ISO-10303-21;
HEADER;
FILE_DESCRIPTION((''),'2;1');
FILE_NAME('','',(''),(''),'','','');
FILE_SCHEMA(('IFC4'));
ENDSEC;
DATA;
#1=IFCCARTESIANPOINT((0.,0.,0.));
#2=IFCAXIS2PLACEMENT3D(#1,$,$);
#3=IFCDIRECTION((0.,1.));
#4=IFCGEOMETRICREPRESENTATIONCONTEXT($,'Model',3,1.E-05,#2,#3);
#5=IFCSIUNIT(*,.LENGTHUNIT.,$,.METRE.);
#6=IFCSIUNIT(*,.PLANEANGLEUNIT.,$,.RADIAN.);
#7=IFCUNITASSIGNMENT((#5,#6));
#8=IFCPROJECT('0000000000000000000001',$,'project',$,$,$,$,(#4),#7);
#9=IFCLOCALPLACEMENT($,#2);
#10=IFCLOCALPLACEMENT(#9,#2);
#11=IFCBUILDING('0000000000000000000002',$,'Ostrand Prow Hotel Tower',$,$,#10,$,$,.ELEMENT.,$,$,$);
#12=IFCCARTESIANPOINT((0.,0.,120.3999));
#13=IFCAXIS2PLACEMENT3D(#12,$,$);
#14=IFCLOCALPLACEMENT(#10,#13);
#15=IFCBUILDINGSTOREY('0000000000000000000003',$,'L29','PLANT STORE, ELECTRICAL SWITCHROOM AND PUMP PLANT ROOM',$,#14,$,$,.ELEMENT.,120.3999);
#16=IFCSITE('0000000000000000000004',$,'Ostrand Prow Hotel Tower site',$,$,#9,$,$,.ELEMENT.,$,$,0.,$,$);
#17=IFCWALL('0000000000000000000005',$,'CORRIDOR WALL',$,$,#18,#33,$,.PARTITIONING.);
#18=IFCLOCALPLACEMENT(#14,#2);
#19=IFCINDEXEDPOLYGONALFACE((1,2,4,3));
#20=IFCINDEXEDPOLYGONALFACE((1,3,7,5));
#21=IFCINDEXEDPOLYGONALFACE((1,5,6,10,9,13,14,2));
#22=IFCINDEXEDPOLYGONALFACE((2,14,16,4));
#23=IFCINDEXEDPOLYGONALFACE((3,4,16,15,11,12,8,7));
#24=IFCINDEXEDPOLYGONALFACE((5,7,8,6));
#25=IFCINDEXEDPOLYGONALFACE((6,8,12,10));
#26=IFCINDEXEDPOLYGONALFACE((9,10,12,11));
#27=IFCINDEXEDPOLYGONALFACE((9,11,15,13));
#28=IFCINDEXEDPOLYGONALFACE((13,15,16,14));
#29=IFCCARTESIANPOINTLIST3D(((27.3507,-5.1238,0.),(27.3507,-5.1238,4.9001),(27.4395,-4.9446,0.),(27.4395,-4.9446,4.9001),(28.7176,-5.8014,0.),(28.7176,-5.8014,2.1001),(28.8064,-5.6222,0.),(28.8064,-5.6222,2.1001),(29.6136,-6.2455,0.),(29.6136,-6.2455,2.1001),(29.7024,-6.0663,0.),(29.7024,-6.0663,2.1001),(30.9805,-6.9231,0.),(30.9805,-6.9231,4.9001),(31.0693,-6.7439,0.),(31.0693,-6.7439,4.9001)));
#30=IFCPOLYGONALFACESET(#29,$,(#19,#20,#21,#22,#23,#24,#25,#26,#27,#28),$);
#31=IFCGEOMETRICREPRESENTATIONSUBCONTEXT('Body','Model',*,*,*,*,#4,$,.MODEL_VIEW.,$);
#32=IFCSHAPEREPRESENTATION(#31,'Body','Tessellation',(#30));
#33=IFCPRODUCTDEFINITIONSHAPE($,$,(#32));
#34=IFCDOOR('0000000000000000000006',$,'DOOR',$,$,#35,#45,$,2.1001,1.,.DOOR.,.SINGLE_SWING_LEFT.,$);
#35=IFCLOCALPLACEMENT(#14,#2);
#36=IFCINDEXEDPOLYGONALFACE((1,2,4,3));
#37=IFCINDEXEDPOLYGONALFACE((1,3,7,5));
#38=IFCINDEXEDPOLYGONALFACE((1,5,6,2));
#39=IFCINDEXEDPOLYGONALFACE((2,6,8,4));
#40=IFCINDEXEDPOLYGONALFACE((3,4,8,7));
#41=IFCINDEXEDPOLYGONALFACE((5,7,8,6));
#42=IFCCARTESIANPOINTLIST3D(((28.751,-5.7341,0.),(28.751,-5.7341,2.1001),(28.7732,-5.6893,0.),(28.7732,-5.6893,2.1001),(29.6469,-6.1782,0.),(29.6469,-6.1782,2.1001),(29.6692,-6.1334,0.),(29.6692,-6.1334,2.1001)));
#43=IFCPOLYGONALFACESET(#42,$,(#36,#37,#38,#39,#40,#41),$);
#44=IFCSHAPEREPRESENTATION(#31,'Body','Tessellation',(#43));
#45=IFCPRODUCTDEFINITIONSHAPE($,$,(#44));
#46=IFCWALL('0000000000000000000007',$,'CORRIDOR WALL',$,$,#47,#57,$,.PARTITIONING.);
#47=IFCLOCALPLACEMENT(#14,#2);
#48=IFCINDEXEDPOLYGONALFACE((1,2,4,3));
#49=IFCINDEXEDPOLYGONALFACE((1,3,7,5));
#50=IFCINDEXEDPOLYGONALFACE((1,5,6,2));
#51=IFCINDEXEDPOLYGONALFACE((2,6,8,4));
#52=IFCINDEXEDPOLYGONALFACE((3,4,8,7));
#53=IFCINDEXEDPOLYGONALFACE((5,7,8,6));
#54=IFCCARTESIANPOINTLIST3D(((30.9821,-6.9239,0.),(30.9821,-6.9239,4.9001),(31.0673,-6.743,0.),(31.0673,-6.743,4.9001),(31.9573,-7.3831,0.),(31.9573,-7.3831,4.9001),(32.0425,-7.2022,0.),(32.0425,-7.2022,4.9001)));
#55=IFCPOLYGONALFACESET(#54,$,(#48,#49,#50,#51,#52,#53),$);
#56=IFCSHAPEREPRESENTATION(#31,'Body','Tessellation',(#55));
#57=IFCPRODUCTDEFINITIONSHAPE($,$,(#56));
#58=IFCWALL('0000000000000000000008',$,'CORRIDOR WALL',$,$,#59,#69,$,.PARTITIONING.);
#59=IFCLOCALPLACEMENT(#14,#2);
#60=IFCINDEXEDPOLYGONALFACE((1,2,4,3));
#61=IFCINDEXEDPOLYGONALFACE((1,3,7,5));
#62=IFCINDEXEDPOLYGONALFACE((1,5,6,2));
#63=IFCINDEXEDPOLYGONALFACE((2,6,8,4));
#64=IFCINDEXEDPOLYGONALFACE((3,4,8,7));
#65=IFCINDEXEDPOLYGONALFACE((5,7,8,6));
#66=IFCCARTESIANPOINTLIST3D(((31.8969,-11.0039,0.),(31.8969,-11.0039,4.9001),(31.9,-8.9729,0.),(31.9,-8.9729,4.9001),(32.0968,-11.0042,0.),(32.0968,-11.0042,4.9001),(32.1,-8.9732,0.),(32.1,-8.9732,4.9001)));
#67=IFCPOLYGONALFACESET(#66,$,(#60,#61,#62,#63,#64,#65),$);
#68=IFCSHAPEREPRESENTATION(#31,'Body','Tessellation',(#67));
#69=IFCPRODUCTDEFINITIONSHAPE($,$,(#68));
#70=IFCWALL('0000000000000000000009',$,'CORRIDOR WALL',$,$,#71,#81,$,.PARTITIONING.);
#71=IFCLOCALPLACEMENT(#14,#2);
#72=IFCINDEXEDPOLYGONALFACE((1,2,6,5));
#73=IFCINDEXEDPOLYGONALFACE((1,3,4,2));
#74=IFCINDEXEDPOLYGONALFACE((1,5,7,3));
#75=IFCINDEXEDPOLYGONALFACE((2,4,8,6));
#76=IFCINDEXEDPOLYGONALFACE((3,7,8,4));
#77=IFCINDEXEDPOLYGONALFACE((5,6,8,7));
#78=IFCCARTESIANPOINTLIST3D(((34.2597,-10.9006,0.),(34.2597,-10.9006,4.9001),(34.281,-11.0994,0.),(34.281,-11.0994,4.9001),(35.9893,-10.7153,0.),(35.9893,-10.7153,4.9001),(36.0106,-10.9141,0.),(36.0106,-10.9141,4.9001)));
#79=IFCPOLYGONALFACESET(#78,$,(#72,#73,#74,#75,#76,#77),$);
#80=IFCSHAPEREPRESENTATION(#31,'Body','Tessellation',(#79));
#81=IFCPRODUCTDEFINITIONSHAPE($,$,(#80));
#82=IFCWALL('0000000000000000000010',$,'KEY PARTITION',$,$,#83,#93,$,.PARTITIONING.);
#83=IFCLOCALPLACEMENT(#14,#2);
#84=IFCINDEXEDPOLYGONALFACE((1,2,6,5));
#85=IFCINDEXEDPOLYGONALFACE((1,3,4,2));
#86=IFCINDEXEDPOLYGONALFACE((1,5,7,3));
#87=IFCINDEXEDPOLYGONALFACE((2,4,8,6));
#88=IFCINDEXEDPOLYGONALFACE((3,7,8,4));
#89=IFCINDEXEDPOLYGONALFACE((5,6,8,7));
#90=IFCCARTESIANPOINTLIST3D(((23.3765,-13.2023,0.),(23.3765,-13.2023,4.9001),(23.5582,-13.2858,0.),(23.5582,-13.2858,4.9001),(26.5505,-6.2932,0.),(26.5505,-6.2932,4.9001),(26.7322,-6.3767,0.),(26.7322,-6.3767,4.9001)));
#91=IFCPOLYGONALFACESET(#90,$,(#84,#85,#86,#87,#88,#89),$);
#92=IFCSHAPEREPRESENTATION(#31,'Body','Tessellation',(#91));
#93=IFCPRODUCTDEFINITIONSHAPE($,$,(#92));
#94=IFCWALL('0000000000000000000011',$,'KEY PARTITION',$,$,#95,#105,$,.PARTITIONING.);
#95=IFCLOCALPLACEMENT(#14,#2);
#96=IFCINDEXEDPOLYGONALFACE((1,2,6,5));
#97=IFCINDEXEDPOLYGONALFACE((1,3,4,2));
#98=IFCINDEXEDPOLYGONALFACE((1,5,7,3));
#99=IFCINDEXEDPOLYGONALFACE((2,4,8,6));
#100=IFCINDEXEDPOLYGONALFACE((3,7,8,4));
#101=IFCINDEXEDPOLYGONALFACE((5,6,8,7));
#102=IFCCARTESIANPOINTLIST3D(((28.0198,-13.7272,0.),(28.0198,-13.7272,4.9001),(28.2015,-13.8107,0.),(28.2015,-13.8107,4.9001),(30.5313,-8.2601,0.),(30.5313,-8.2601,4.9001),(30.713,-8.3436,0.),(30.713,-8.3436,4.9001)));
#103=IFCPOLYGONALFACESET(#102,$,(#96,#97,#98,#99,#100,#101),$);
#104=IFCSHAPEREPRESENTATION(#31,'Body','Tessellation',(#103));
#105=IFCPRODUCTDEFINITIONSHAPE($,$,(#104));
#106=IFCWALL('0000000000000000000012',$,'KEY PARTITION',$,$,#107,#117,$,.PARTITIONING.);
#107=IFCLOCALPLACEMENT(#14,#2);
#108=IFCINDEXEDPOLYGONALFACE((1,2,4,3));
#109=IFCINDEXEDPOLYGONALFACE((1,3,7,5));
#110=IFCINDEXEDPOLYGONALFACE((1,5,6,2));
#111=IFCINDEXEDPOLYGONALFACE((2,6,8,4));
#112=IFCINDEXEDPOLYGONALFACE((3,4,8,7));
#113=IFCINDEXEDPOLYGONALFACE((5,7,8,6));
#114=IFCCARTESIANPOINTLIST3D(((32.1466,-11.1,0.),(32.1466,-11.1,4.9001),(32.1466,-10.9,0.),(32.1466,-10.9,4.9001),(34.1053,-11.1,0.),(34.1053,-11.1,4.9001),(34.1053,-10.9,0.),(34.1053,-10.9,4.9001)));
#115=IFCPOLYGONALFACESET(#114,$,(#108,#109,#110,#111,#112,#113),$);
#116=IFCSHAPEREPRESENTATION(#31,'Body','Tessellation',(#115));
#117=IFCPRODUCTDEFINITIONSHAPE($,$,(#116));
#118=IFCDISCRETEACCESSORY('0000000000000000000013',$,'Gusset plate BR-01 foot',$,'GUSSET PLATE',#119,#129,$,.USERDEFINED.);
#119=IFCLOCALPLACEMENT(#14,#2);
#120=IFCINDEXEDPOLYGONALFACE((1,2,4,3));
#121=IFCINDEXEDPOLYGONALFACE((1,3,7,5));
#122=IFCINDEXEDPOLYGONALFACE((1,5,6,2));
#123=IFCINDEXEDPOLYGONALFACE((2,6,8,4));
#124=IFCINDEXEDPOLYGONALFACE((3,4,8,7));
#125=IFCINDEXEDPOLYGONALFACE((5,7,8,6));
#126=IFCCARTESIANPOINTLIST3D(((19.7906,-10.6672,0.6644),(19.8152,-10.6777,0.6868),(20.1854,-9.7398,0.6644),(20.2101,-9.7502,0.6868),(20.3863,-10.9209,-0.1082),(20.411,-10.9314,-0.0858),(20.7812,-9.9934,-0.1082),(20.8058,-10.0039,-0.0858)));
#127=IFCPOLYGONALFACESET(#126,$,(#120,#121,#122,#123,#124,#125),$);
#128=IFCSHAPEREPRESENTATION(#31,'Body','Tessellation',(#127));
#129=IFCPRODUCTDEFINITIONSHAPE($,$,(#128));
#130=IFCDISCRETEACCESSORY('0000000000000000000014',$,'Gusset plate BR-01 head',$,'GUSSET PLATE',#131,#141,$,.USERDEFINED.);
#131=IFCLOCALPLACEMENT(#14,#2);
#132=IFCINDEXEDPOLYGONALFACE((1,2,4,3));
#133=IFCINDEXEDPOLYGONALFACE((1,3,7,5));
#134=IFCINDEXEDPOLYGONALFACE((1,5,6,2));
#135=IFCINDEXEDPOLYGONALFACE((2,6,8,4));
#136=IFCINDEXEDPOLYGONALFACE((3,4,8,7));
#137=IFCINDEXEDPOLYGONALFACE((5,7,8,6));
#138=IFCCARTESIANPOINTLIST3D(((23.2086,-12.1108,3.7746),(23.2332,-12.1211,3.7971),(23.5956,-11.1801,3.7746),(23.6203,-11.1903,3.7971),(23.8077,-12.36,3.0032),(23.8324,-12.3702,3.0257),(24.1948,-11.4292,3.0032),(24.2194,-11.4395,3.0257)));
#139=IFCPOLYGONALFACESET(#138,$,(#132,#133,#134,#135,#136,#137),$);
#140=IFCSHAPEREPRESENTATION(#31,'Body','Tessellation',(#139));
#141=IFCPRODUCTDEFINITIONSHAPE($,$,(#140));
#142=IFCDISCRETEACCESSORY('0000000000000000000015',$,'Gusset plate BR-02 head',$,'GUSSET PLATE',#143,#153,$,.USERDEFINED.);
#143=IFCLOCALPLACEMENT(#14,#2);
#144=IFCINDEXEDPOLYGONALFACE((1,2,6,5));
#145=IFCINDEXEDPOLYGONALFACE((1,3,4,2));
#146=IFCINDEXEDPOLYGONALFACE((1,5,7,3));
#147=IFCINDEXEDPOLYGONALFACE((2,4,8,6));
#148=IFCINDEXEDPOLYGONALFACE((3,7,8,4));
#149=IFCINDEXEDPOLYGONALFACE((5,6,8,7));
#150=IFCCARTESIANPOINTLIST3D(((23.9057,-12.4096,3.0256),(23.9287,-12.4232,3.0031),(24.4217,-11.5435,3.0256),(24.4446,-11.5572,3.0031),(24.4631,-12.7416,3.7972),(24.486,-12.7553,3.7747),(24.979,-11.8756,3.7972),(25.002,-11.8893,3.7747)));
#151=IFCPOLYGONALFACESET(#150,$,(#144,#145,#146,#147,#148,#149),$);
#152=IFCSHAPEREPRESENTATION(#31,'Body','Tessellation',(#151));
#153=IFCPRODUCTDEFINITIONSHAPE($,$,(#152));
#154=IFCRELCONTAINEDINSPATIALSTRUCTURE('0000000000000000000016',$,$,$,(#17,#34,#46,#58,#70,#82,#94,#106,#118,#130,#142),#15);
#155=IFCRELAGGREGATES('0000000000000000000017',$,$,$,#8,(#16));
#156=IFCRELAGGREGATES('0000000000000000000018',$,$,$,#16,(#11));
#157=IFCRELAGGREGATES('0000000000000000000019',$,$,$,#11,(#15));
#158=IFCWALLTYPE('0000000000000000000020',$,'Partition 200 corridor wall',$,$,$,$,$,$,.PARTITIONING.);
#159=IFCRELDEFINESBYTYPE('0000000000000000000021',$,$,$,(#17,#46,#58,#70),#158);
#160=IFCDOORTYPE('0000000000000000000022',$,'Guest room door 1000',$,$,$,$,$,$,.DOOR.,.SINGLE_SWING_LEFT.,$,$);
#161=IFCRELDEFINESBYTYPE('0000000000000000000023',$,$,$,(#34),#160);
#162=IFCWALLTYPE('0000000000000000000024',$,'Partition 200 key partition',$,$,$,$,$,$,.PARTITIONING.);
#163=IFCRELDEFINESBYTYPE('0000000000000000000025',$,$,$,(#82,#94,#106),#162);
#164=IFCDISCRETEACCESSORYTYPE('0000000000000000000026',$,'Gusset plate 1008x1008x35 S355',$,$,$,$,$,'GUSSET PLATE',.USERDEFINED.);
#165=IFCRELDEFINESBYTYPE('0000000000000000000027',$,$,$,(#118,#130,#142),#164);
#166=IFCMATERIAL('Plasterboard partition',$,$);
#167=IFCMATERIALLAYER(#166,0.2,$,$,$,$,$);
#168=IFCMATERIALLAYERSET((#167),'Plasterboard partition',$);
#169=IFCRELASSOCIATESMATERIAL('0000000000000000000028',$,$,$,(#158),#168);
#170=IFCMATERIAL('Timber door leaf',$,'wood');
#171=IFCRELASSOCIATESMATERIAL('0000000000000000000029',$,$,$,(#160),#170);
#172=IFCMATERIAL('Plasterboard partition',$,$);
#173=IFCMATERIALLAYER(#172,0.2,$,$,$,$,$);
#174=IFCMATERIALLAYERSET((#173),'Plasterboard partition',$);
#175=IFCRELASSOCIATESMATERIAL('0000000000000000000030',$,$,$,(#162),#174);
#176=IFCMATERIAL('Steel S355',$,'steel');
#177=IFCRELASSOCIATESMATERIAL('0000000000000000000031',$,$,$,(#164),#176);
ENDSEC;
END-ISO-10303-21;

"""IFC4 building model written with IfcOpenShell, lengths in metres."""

from ifc_helpers import new_model, si_unit, direction, frame, frame_2d, origin, origin_2d, place, context, subcontext, project, spatial, rectangle, extrude, material, layer, layer_set, material_profile, profile_set, type_object, element, fill, save


model = new_model("IFC4")

# Units and contexts
model_context = context("Model", 3, precision=1e-05, world=origin(), true_north=direction((0.0, 1.0)))
body_context = subcontext(model_context, "Body", "Model", "MODEL_VIEW")
ifc_project = project(units=[si_unit("LENGTHUNIT", "METRE"), si_unit("PLANEANGLEUNIT", "RADIAN")], contexts=[model_context])

# Site, building, storey
site_placement = place(None, origin())
site = spatial("IfcSite", under=ifc_project, at=site_placement, Name="Ostrand Prow Hotel Tower site", CompositionType="ELEMENT", RefElevation=0.0)
building_placement = place(site_placement, origin())
building = spatial("IfcBuilding", under=site, at=building_placement, Name="Ostrand Prow Hotel Tower", CompositionType="ELEMENT")
storey_placement = place(building_placement, frame((0.0, 0.0, 120.3999)))
storey = spatial("IfcBuildingStorey", under=building, at=storey_placement, Name="L29", Description="PLANT STORE, ELECTRICAL SWITCHROOM AND PUMP PLANT ROOM", CompositionType="ELEMENT", Elevation=120.3999)

# Shared definitions
ifc_material_1 = material(Name="Plasterboard partition")
ifc_layer_1 = layer(ifc_material_1, 0.2)
ifc_layer_set_1 = layer_set([ifc_layer_1], Name="Plasterboard partition")
wall_type_1 = type_object("IfcWallType", Name="Partition 200 corridor wall", PredefinedType="PARTITIONING", material=ifc_layer_set_1)
ifc_material_2 = material(Name="Timber door leaf", Category="wood")
door_type_1 = type_object("IfcDoorType", Name="Guest room door 1000", OperationType="SINGLE_SWING_LEFT", PredefinedType="DOOR", material=ifc_material_2)

# Wall, opening, door
wall_1_placement = place(storey_placement, frame((31.0249, -6.8335, 0.0), z_axis=(0.0, 0.0, 1.0), x_axis=(-0.895965, 0.444126, 0.0)))
wall_1 = element("IfcWall", 1, at=wall_1_placement, inside=storey, type_object=wall_type_1, Name="CORRIDOR WALL", PredefinedType="PARTITIONING", context=body_context, shape_type="SweptSolid", body=[
    extrude(rectangle(XDim=4.0513, YDim=0.2, at=frame_2d((2.0256, 0.0))), origin(), (0.0, 0.0, 1.0), 4.9001),
])
opening_1_placement = place(wall_1_placement, frame((1.5256, 0.0, 0.0)))
opening_1 = element("IfcOpeningElement", 2, at=opening_1_placement, cuts=wall_1, PredefinedType="OPENING", context=body_context, shape_type="SweptSolid", body=[
    extrude(rectangle(XDim=1.0, YDim=2.1001, at=frame_2d((0.5, 1.05))), frame((0.0, 0.1099, 0.0), z_axis=(0.0, -1.0, 0.0), x_axis=(1.0, 0.0, 0.0)), (0.0, 0.0, 1.0), 0.22),
])
door_1_placement = place(opening_1_placement, origin())
door_1 = element("IfcDoor", 3, at=door_1_placement, inside=storey, type_object=door_type_1, Name="DOOR", OperationType="SINGLE_SWING_LEFT", OverallHeight=2.1001, OverallWidth=1.0, PredefinedType="DOOR", context=body_context, shape_type="SweptSolid", body=[
    extrude(rectangle(XDim=1.0, YDim=2.1001, at=frame_2d((0.5, 1.05))), frame((0.0, 0.0249, 0.0), z_axis=(0.0, -1.0, 0.0), x_axis=(1.0, 0.0, 0.0)), (0.0, 0.0, 1.0), 0.05),
])
fill(opening_1, door_1)

# Walls
wall_2_placement = place(storey_placement, frame((32.0, -7.2927, 0.0), z_axis=(0.0, 0.0, 1.0), x_axis=(-0.90469, 0.42607, 0.0)))
element("IfcWall", 4, at=wall_2_placement, inside=storey, type_object=wall_type_1, Name="CORRIDOR WALL", PredefinedType="PARTITIONING", context=body_context, shape_type="SweptSolid", body=[
    extrude(rectangle(XDim=1.0779, YDim=0.2, at=frame_2d((0.5391, 0.0))), origin(), (0.0, 0.0, 1.0), 4.9001),
])
wall_3_placement = place(storey_placement, frame((32.0, -8.9729, 0.0), z_axis=(0.0, 0.0, 1.0), x_axis=(-0.001563, -0.999999, 0.0)))
element("IfcWall", 5, at=wall_3_placement, inside=storey, type_object=wall_type_1, Name="CORRIDOR WALL", PredefinedType="PARTITIONING", context=body_context, shape_type="SweptSolid", body=[
    extrude(rectangle(XDim=2.031, YDim=0.2, at=frame_2d((1.0156, 0.0))), origin(), (0.0, 0.0, 1.0), 4.9001),
])
wall_4_placement = place(storey_placement, frame((34.2705, -11.0, 0.0), z_axis=(0.0, 0.0, 1.0), x_axis=(0.994309, 0.106533, 0.0)))
element("IfcWall", 6, at=wall_4_placement, inside=storey, type_object=wall_type_1, Name="CORRIDOR WALL", PredefinedType="PARTITIONING", context=body_context, shape_type="SweptSolid", body=[
    extrude(rectangle(XDim=1.7395, YDim=0.2, at=frame_2d((0.8696, 0.0))), origin(), (0.0, 0.0, 1.0), 4.9001),
])
ifc_material_3 = material(Name="Plasterboard partition")
ifc_layer_2 = layer(ifc_material_3, 0.2)
ifc_layer_set_2 = layer_set([ifc_layer_2], Name="Plasterboard partition")
wall_type_2 = type_object("IfcWallType", Name="Partition 200 key partition", PredefinedType="PARTITIONING", material=ifc_layer_set_2)
wall_5_placement = place(storey_placement, frame((23.4673, -13.2441, 0.0), z_axis=(0.0, 0.0, 1.0), x_axis=(0.417455, 0.908698, 0.0)))
element("IfcWall", 7, at=wall_5_placement, inside=storey, type_object=wall_type_2, Name="KEY PARTITION", PredefinedType="PARTITIONING", context=body_context, shape_type="SweptSolid", body=[
    extrude(rectangle(XDim=7.6033, YDim=0.2, at=frame_2d((3.8018, 0.0))), origin(), (0.0, 0.0, 1.0), 4.9001),
])
wall_6_placement = place(storey_placement, frame((28.1106, -13.769, 0.0), z_axis=(0.0, 0.0, 1.0), x_axis=(0.417444, 0.908703, 0.0)))
element("IfcWall", 8, at=wall_6_placement, inside=storey, type_object=wall_type_2, Name="KEY PARTITION", PredefinedType="PARTITIONING", context=body_context, shape_type="SweptSolid", body=[
    extrude(rectangle(XDim=6.0164, YDim=0.2, at=frame_2d((3.0083, 0.0))), origin(), (0.0, 0.0, 1.0), 4.9001),
])
wall_7_placement = place(storey_placement, frame((34.1055, -11.0, 0.0), z_axis=(0.0, 0.0, 1.0), x_axis=(-1.0, 0.0, 0.0)))
element("IfcWall", 9, at=wall_7_placement, inside=storey, type_object=wall_type_2, Name="KEY PARTITION", PredefinedType="PARTITIONING", context=body_context, shape_type="SweptSolid", body=[
    extrude(rectangle(XDim=1.9587, YDim=0.2, at=frame_2d((0.9795, 0.0))), origin(), (0.0, 0.0, 1.0), 4.9001),
])

# Discrete accessories
ifc_material_4 = material(Name="Steel S355", Category="steel")
ifc_material_profile_1 = material_profile(ifc_material_4, rectangle(XDim=1.0081, YDim=1.0081, at=origin_2d()), Name="PL 1008x1008x35")
ifc_profile_set_1 = profile_set([ifc_material_profile_1], Name="Steel S355")
discrete_accessory_type = type_object("IfcDiscreteAccessoryType", Name="Gusset plate 1008x1008x35 S355", ElementType="GUSSET PLATE", PredefinedType="USERDEFINED", material=ifc_profile_set_1)
for number, where, z_axis, x_axis, name in (
    (10, (20.2859, -10.3303, 0.2781), (0.705174, -0.300223, 0.642337), (0.391719, 0.920085, 0.0), "Gusset plate BR-01 foot"),
    (11, (23.7017, -11.77, 3.3889), (0.706639, -0.29385, 0.643671), (0.383966, 0.923347, 0.0), "Gusset plate BR-01 head"),
    (12, (24.4653, -12.1562, 3.3889), (-0.657552, 0.391733, 0.643561), (-0.511805, -0.859102, 0.0), "Gusset plate BR-02 head"),
):
    element("IfcDiscreteAccessory", number, at=place(storey_placement, frame(where, z_axis=z_axis, x_axis=x_axis)), inside=storey, type_object=discrete_accessory_type, Name=name, ObjectType="GUSSET PLATE", PredefinedType="USERDEFINED", context=body_context, shape_type="SweptSolid", body=[
        extrude(rectangle(XDim=1.0081, YDim=1.0081, at=origin_2d()), origin(), (0.0, 0.0, 1.0), 0.0349),
    ])

save(model, "model.ifc")
